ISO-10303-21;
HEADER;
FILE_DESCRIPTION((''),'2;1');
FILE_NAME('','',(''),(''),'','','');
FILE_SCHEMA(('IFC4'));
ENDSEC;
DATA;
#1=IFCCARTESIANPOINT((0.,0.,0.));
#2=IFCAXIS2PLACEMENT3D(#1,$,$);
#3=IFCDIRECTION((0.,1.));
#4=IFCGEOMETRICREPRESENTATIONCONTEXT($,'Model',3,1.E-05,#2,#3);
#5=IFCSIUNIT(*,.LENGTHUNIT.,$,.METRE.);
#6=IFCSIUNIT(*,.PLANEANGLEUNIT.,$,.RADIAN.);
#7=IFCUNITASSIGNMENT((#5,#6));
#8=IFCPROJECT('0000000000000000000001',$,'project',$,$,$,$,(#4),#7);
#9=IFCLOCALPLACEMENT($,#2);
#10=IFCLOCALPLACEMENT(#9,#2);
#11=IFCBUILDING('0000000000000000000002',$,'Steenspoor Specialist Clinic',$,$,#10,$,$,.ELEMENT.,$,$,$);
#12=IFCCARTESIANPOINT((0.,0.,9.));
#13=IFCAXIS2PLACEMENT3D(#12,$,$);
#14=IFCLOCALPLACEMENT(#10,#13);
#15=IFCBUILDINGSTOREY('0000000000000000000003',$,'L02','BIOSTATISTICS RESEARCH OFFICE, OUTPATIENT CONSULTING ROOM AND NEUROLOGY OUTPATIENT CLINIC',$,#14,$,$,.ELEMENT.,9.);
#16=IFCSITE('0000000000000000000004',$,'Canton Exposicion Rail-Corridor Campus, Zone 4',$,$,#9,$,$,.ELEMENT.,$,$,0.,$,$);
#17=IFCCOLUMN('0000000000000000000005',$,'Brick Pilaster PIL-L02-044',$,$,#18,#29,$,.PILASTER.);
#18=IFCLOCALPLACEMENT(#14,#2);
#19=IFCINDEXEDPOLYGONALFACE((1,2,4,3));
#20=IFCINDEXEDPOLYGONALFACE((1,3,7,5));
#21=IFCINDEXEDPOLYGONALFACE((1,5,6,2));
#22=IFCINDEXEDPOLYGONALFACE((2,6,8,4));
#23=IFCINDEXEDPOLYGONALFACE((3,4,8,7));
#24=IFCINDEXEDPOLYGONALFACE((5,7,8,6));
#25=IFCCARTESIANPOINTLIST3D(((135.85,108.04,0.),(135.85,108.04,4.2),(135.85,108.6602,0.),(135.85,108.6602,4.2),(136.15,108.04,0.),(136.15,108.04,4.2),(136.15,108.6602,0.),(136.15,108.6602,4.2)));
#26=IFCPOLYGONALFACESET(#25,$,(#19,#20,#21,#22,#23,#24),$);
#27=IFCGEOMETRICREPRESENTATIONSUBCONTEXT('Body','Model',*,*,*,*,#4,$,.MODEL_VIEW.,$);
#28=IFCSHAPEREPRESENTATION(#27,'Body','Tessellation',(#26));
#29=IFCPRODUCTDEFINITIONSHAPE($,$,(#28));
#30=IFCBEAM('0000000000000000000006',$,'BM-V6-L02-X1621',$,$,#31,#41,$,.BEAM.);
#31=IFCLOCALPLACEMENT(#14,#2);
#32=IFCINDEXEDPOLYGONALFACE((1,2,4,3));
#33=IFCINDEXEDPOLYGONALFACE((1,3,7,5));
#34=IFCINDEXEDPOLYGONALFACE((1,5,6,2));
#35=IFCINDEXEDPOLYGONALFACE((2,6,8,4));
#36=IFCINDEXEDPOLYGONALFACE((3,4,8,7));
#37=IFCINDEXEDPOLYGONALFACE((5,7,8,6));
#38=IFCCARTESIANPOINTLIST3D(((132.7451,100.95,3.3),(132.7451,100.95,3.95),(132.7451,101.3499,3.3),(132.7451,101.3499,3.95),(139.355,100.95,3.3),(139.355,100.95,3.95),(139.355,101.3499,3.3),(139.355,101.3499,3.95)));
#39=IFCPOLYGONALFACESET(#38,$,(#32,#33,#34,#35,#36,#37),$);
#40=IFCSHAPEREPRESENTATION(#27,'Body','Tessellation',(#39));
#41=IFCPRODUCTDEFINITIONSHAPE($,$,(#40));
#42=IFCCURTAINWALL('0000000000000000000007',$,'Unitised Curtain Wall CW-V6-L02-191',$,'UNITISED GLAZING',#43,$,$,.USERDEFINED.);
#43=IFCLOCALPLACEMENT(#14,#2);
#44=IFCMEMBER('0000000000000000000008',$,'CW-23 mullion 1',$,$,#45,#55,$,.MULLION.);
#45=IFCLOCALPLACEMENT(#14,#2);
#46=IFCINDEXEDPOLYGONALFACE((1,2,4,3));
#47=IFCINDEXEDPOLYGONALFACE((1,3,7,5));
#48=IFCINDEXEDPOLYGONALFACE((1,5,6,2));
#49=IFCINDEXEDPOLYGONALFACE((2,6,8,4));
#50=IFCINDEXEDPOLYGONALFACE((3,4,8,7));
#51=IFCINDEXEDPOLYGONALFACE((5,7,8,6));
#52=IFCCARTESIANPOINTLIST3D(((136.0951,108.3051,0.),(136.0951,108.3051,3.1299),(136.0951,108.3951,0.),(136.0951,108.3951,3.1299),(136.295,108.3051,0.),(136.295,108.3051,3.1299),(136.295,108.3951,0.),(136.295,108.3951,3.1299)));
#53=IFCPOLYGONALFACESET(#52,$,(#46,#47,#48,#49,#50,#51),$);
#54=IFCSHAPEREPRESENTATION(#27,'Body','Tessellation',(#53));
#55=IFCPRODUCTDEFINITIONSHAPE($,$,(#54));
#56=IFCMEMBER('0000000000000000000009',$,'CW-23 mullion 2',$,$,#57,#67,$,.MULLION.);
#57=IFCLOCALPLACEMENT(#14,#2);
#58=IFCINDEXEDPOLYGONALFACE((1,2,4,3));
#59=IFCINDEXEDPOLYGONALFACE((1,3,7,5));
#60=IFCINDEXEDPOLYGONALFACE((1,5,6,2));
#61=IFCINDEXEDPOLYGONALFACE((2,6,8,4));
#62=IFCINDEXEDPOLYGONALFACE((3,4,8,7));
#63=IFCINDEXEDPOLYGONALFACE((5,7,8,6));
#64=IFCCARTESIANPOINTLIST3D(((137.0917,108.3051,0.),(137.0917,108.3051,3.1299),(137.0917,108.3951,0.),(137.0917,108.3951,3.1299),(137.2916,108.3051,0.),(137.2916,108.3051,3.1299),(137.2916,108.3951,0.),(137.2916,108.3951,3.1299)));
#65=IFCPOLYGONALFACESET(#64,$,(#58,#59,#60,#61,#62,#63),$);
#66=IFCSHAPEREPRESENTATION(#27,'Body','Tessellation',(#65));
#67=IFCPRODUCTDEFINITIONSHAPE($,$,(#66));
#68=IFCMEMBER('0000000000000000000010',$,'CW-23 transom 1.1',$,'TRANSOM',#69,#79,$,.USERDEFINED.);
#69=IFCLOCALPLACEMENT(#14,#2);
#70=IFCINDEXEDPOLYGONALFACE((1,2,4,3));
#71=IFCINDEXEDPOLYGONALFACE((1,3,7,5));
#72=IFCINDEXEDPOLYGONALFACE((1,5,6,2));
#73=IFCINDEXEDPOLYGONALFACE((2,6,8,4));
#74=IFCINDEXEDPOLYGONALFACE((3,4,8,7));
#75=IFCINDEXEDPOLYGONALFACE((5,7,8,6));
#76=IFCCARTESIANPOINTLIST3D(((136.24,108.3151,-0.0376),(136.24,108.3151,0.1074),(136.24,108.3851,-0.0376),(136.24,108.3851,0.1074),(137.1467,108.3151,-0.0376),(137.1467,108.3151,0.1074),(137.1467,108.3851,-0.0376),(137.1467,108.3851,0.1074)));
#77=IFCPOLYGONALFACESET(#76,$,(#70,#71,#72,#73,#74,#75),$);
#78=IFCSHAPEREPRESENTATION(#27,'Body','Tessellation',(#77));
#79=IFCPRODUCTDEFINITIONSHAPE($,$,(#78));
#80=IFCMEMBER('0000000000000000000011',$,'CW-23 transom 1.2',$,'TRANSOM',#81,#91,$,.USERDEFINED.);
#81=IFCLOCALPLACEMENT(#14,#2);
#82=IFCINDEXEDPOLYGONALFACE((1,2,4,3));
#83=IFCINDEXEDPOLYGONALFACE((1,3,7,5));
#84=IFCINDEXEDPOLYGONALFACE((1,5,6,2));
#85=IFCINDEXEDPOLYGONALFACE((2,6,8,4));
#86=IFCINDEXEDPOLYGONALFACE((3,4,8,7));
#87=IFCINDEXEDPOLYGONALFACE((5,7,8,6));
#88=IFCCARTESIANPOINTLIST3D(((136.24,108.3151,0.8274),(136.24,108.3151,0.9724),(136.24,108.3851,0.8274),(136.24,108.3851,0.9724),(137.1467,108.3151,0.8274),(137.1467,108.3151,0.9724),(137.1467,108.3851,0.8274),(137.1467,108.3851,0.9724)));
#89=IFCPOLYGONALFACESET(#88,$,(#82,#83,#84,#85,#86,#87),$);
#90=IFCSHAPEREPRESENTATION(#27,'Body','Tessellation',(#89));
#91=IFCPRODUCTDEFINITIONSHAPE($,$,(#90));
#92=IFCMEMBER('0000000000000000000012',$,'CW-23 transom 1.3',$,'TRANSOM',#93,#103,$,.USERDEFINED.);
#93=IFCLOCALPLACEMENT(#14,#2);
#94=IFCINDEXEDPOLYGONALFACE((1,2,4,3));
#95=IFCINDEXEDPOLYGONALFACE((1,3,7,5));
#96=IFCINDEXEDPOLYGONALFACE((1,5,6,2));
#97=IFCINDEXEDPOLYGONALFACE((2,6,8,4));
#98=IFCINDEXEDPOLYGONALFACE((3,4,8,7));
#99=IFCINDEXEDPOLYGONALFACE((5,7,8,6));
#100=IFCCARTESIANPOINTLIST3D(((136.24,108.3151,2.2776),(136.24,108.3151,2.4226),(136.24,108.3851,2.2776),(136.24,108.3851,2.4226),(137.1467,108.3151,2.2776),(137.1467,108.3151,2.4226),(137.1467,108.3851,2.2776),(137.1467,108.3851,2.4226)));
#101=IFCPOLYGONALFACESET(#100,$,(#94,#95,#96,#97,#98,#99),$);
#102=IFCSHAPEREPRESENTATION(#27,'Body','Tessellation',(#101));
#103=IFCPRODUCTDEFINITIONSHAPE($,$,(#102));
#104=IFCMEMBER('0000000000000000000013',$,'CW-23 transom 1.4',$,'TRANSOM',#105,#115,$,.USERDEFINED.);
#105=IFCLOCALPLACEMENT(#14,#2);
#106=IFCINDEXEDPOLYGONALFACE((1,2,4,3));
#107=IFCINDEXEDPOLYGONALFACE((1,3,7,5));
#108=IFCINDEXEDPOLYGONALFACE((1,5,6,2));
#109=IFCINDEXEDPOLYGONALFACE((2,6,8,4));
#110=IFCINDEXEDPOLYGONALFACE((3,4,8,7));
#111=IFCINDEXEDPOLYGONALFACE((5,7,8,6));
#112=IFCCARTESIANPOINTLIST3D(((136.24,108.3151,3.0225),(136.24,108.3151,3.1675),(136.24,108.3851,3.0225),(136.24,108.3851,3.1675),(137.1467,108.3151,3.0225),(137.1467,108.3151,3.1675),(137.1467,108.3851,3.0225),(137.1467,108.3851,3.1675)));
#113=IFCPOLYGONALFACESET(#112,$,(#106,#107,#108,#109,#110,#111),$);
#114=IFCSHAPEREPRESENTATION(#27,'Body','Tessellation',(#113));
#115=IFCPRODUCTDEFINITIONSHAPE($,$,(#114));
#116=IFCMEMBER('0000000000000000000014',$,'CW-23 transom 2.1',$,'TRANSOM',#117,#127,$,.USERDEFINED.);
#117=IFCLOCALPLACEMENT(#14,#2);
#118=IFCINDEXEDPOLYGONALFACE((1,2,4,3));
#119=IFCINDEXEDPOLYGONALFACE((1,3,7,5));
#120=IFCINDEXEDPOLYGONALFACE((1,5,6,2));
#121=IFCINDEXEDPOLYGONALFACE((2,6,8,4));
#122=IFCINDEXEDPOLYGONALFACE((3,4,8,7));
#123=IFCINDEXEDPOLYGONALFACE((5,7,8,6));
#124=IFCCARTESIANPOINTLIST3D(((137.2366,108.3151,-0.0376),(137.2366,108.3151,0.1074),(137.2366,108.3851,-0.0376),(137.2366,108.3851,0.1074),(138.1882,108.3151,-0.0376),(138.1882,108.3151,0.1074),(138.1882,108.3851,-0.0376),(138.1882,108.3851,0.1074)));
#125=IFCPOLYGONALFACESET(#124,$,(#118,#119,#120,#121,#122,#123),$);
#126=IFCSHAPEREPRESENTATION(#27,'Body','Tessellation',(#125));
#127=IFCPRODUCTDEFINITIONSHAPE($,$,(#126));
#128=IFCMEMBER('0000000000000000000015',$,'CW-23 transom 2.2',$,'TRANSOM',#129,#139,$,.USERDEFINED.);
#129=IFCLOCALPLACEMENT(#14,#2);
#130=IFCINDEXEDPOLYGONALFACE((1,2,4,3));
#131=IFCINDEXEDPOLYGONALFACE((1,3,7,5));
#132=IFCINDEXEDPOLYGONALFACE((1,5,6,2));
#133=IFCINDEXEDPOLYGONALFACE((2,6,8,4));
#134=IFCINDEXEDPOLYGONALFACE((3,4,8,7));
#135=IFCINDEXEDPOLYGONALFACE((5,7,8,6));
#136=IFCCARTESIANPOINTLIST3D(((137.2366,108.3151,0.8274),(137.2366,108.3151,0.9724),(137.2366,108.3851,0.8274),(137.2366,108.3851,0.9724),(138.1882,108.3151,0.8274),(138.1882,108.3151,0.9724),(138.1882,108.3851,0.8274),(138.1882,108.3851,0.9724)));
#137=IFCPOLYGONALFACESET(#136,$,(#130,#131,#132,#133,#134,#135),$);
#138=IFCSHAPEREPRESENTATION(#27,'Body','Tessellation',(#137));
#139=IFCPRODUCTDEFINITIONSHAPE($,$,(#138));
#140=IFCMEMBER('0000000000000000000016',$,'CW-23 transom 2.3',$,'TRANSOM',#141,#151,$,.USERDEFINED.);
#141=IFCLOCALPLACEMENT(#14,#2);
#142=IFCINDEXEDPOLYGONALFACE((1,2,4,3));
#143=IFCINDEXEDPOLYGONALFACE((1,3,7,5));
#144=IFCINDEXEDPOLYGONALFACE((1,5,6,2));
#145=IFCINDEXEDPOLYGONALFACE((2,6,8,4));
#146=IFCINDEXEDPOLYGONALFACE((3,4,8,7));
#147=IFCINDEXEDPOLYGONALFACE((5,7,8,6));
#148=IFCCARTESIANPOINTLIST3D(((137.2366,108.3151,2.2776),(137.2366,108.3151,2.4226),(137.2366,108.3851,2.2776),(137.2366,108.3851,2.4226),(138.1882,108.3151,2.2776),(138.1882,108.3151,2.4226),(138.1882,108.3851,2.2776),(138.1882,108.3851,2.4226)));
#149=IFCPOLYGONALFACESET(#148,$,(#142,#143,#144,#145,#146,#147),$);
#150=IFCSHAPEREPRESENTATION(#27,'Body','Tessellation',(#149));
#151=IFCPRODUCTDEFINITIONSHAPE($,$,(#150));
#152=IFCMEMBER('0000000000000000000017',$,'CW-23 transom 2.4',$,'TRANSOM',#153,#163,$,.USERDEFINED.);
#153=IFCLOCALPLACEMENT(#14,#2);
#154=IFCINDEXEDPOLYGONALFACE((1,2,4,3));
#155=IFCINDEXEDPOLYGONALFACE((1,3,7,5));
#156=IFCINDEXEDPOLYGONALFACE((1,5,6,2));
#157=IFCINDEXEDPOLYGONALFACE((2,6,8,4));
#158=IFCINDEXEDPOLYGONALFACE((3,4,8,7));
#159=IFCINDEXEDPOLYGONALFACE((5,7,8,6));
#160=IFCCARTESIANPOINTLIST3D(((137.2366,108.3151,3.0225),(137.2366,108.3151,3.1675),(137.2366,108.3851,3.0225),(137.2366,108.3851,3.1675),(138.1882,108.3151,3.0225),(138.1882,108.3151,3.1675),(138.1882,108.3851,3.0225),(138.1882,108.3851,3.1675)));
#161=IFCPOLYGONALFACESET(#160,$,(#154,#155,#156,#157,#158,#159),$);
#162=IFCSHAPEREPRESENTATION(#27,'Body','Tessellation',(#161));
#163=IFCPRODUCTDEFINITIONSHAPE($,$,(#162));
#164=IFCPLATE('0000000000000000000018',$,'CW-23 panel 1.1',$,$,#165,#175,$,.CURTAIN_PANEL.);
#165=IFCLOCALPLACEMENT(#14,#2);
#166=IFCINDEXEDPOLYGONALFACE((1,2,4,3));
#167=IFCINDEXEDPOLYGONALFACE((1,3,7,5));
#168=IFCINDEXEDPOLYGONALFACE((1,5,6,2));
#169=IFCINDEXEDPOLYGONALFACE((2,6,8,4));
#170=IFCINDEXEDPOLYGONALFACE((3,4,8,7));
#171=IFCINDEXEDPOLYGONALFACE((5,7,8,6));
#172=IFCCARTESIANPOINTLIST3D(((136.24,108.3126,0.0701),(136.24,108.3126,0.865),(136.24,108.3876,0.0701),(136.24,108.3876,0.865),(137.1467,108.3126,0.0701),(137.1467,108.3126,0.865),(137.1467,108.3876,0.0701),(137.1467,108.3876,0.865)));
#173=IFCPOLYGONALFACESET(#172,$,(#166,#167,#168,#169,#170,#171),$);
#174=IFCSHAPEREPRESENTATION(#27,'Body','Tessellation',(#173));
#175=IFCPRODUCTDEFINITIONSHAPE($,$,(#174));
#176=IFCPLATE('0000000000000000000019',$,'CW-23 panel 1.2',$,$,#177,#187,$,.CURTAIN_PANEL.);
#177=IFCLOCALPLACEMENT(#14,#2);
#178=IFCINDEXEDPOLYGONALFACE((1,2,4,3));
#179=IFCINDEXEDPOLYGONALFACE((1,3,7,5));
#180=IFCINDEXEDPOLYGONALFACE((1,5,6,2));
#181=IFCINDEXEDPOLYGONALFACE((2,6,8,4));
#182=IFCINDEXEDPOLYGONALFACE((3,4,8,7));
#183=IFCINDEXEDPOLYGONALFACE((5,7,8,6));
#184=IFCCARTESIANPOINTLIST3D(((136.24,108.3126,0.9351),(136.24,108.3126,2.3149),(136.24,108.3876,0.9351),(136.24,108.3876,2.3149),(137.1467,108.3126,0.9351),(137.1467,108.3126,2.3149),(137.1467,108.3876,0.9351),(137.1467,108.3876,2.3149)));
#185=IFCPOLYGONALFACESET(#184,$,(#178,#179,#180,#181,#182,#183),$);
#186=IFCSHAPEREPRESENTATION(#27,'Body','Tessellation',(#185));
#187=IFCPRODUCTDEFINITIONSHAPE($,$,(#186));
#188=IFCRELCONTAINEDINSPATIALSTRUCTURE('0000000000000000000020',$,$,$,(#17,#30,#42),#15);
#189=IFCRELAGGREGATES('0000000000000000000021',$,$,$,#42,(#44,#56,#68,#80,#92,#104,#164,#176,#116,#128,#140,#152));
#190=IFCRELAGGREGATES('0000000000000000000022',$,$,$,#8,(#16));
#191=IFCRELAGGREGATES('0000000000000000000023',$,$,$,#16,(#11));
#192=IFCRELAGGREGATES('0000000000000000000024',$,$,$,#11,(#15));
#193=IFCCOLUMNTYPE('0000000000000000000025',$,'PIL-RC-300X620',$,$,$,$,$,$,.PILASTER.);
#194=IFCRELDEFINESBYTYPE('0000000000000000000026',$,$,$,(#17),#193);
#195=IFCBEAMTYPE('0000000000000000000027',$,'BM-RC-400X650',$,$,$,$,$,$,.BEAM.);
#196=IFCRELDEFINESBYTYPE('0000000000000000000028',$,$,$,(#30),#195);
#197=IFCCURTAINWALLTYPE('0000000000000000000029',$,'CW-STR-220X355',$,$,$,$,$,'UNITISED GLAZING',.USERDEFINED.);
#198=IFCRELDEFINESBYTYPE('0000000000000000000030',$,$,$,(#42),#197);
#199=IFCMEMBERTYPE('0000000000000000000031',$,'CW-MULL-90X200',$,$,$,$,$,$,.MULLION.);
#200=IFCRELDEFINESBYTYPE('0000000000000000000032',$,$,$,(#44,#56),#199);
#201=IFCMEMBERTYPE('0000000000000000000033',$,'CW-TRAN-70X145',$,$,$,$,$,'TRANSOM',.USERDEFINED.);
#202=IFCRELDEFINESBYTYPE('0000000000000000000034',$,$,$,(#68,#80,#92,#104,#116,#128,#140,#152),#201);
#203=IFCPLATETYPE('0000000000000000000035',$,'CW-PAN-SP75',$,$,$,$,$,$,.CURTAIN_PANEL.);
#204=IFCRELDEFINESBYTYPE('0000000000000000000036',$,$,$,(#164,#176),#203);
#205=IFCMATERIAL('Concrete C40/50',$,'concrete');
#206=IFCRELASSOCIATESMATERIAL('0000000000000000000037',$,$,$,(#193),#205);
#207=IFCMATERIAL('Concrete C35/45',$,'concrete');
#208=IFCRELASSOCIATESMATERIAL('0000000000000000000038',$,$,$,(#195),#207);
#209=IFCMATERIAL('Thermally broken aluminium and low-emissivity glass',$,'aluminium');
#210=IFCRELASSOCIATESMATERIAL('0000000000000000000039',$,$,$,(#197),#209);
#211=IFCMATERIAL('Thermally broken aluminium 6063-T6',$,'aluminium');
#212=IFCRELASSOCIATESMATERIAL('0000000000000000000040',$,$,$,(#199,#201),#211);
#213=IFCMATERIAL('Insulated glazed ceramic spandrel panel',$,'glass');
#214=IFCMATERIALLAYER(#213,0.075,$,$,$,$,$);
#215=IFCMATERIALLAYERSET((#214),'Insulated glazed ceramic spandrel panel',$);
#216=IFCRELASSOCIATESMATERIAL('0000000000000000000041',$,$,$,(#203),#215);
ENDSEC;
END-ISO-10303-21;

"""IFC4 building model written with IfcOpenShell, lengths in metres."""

from ifc_helpers import new_model, si_unit, direction, frame, origin, origin_2d, place, context, subcontext, project, spatial, rectangle, extrude, material, layer, layer_set, material_profile, profile_set, type_object, element, aggregate, save


model = new_model("IFC4")

# Units and contexts
model_context = context("Model", 3, precision=1e-05, world=origin(), true_north=direction((0.0, 1.0)))
body_context = subcontext(model_context, "Body", "Model", "MODEL_VIEW")
ifc_project = project(units=[si_unit("LENGTHUNIT", "METRE"), si_unit("PLANEANGLEUNIT", "RADIAN")], contexts=[model_context])

# Site, building, storey
site_placement = place(None, origin())
site = spatial("IfcSite", under=ifc_project, at=site_placement, Name="Canton Exposicion Rail-Corridor Campus, Zone 4", CompositionType="ELEMENT", RefElevation=0.0)
building_placement = place(site_placement, origin())
building = spatial("IfcBuilding", under=site, at=building_placement, Name="Steenspoor Specialist Clinic", CompositionType="ELEMENT")
storey_placement = place(building_placement, frame((0.0, 0.0, 9.0)))
storey = spatial("IfcBuildingStorey", under=building, at=storey_placement, Name="L02", Description="BIOSTATISTICS RESEARCH OFFICE, OUTPATIENT CONSULTING ROOM AND NEUROLOGY OUTPATIENT CLINIC", CompositionType="ELEMENT", Elevation=9.0)

# Column
ifc_material_1 = material(Name="Concrete C40/50", Category="concrete")
ifc_material_profile_1 = material_profile(ifc_material_1, rectangle(XDim=0.3, YDim=0.6201, at=origin_2d()), Name="RC-PIL-300X620")
ifc_profile_set_1 = profile_set([ifc_material_profile_1], Name="Concrete C40/50")
column_type = type_object("IfcColumnType", Name="PIL-RC-300X620", PredefinedType="PILASTER", material=ifc_profile_set_1)
column_placement = place(storey_placement, frame((136.0, 108.3501, 0.0), z_axis=(0.0, 0.0, 1.0), x_axis=(1.0, 0.0, 0.0)))
element("IfcColumn", 1, at=column_placement, inside=storey, type_object=column_type, Name="Brick Pilaster PIL-L02-044", PredefinedType="PILASTER", context=body_context, shape_type="SweptSolid", body=[
    extrude(rectangle(XDim=0.3, YDim=0.6201, at=origin_2d()), origin(), (0.0, 0.0, 1.0), 4.2),
])

# Beam
ifc_material_2 = material(Name="Concrete C35/45", Category="concrete")
ifc_material_profile_2 = material_profile(ifc_material_2, rectangle(XDim=0.3999, YDim=0.6499, at=origin_2d()), Name="RC-BM-400X650")
ifc_profile_set_2 = profile_set([ifc_material_profile_2], Name="Concrete C35/45")
beam_type = type_object("IfcBeamType", Name="BM-RC-400X650", PredefinedType="BEAM", material=ifc_profile_set_2)
beam_placement = place(storey_placement, frame((132.7451, 101.1499, 3.625), z_axis=(1.0, 0.0, 0.0), x_axis=(0.0, 1.0, 0.0)))
element("IfcBeam", 2, at=beam_placement, inside=storey, type_object=beam_type, Name="BM-V6-L02-X1621", PredefinedType="BEAM", context=body_context, shape_type="SweptSolid", body=[
    extrude(rectangle(XDim=0.3999, YDim=0.6499, at=origin_2d()), origin(), (0.0, 0.0, 1.0), 6.6099),
])

# Curtain wall, members, plates
ifc_material_3 = material(Name="Thermally broken aluminium and low-emissivity glass", Category="aluminium")
curtain_wall_type = type_object("IfcCurtainWallType", Name="CW-STR-220X355", ElementType="UNITISED GLAZING", PredefinedType="USERDEFINED", material=ifc_material_3)
curtain_wall_placement = place(storey_placement, origin())
curtain_wall = element("IfcCurtainWall", 3, at=curtain_wall_placement, inside=storey, type_object=curtain_wall_type, Name="Unitised Curtain Wall CW-V6-L02-191", ObjectType="UNITISED GLAZING", PredefinedType="USERDEFINED")
ifc_material_4 = material(Name="Thermally broken aluminium 6063-T6", Category="aluminium")
ifc_material_profile_3 = material_profile(ifc_material_4, rectangle(XDim=0.0901, YDim=0.2, at=origin_2d()), Name="CWM-90X200")
ifc_profile_set_3 = profile_set([ifc_material_profile_3], Name="Thermally broken aluminium 6063-T6")
member_type_1 = type_object("IfcMemberType", Name="CW-MULL-90X200", PredefinedType="MULLION", material=ifc_profile_set_3)
member_1_placement = place(storey_placement, frame((136.1951, 108.3501, 0.0), z_axis=(0.0, 0.0, 1.0), x_axis=(0.0, 1.0, 0.0)))
member_1 = element("IfcMember", 4, at=member_1_placement, type_object=member_type_1, Name="CW-23 mullion 1", PredefinedType="MULLION", context=body_context, shape_type="SweptSolid", body=[
    extrude(rectangle(XDim=0.0901, YDim=0.2, at=origin_2d()), origin(), (0.0, 0.0, 1.0), 3.1299),
])
member_2_placement = place(storey_placement, frame((137.1917, 108.3501, 0.0), z_axis=(0.0, 0.0, 1.0), x_axis=(0.0, 1.0, 0.0)))
member_2 = element("IfcMember", 5, at=member_2_placement, type_object=member_type_1, Name="CW-23 mullion 2", PredefinedType="MULLION", context=body_context, shape_type="SweptSolid", body=[
    extrude(rectangle(XDim=0.0901, YDim=0.2, at=origin_2d()), origin(), (0.0, 0.0, 1.0), 3.1299),
])
ifc_material_profile_4 = material_profile(ifc_material_4, rectangle(XDim=0.0701, YDim=0.145, at=origin_2d()), Name="CWT-70X145")
ifc_profile_set_4 = profile_set([ifc_material_profile_4], Name="Thermally broken aluminium 6063-T6")
member_type_2 = type_object("IfcMemberType", Name="CW-TRAN-70X145", ElementType="TRANSOM", PredefinedType="USERDEFINED", material=ifc_profile_set_4)
member_3_placement = place(storey_placement, frame((136.24, 108.3501, 0.0349), z_axis=(1.0, 0.0, 0.0), x_axis=(0.0, 1.0, 0.0)))
member_3 = element("IfcMember", 6, at=member_3_placement, type_object=member_type_2, Name="CW-23 transom 1.1", ObjectType="TRANSOM", PredefinedType="USERDEFINED", context=body_context, shape_type="SweptSolid", body=[
    extrude(rectangle(XDim=0.0701, YDim=0.145, at=origin_2d()), origin(), (0.0, 0.0, 1.0), 0.9067),
])
member_4_placement = place(storey_placement, frame((136.24, 108.3501, 0.8999), z_axis=(1.0, 0.0, 0.0), x_axis=(0.0, 1.0, 0.0)))
member_4 = element("IfcMember", 7, at=member_4_placement, type_object=member_type_2, Name="CW-23 transom 1.2", ObjectType="TRANSOM", PredefinedType="USERDEFINED", context=body_context, shape_type="SweptSolid", body=[
    extrude(rectangle(XDim=0.0701, YDim=0.145, at=origin_2d()), origin(), (0.0, 0.0, 1.0), 0.9067),
])
member_5_placement = place(storey_placement, frame((136.24, 108.3501, 2.3501), z_axis=(1.0, 0.0, 0.0), x_axis=(0.0, 1.0, 0.0)))
member_5 = element("IfcMember", 8, at=member_5_placement, type_object=member_type_2, Name="CW-23 transom 1.3", ObjectType="TRANSOM", PredefinedType="USERDEFINED", context=body_context, shape_type="SweptSolid", body=[
    extrude(rectangle(XDim=0.0701, YDim=0.145, at=origin_2d()), origin(), (0.0, 0.0, 1.0), 0.9067),
])
member_6_placement = place(storey_placement, frame((136.24, 108.3501, 3.095), z_axis=(1.0, 0.0, 0.0), x_axis=(0.0, 1.0, 0.0)))
member_6 = element("IfcMember", 9, at=member_6_placement, type_object=member_type_2, Name="CW-23 transom 1.4", ObjectType="TRANSOM", PredefinedType="USERDEFINED", context=body_context, shape_type="SweptSolid", body=[
    extrude(rectangle(XDim=0.0701, YDim=0.145, at=origin_2d()), origin(), (0.0, 0.0, 1.0), 0.9067),
])
member_7_placement = place(storey_placement, frame((137.2366, 108.3501, 0.0349), z_axis=(1.0, 0.0, 0.0), x_axis=(0.0, 1.0, 0.0)))
member_7 = element("IfcMember", 10, at=member_7_placement, type_object=member_type_2, Name="CW-23 transom 2.1", ObjectType="TRANSOM", PredefinedType="USERDEFINED", context=body_context, shape_type="SweptSolid", body=[
    extrude(rectangle(XDim=0.0701, YDim=0.145, at=origin_2d()), origin(), (0.0, 0.0, 1.0), 0.9517),
])
member_8_placement = place(storey_placement, frame((137.2366, 108.3501, 0.8999), z_axis=(1.0, 0.0, 0.0), x_axis=(0.0, 1.0, 0.0)))
member_8 = element("IfcMember", 11, at=member_8_placement, type_object=member_type_2, Name="CW-23 transom 2.2", ObjectType="TRANSOM", PredefinedType="USERDEFINED", context=body_context, shape_type="SweptSolid", body=[
    extrude(rectangle(XDim=0.0701, YDim=0.145, at=origin_2d()), origin(), (0.0, 0.0, 1.0), 0.9517),
])
member_9_placement = place(storey_placement, frame((137.2366, 108.3501, 2.3501), z_axis=(1.0, 0.0, 0.0), x_axis=(0.0, 1.0, 0.0)))
member_9 = element("IfcMember", 12, at=member_9_placement, type_object=member_type_2, Name="CW-23 transom 2.3", ObjectType="TRANSOM", PredefinedType="USERDEFINED", context=body_context, shape_type="SweptSolid", body=[
    extrude(rectangle(XDim=0.0701, YDim=0.145, at=origin_2d()), origin(), (0.0, 0.0, 1.0), 0.9517),
])
member_10_placement = place(storey_placement, frame((137.2366, 108.3501, 3.095), z_axis=(1.0, 0.0, 0.0), x_axis=(0.0, 1.0, 0.0)))
member_10 = element("IfcMember", 13, at=member_10_placement, type_object=member_type_2, Name="CW-23 transom 2.4", ObjectType="TRANSOM", PredefinedType="USERDEFINED", context=body_context, shape_type="SweptSolid", body=[
    extrude(rectangle(XDim=0.0701, YDim=0.145, at=origin_2d()), origin(), (0.0, 0.0, 1.0), 0.9517),
])
ifc_material_5 = material(Name="Insulated glazed ceramic spandrel panel", Category="glass")
ifc_layer_1 = layer(ifc_material_5, 0.075)
ifc_layer_set_1 = layer_set([ifc_layer_1], Name="Insulated glazed ceramic spandrel panel")
plate_type = type_object("IfcPlateType", Name="CW-PAN-SP75", PredefinedType="CURTAIN_PANEL", material=ifc_layer_set_1)
plate_1_placement = place(storey_placement, frame((136.6934, 108.3501, 0.0701), z_axis=(0.0, 0.0, 1.0), x_axis=(1.0, 0.0, 0.0)))
plate_1 = element("IfcPlate", 14, at=plate_1_placement, type_object=plate_type, Name="CW-23 panel 1.1", PredefinedType="CURTAIN_PANEL", context=body_context, shape_type="SweptSolid", body=[
    extrude(rectangle(XDim=0.9067, YDim=0.075, at=origin_2d()), origin(), (0.0, 0.0, 1.0), 0.7949),
])
plate_2_placement = place(storey_placement, frame((136.6934, 108.3501, 0.9351), z_axis=(0.0, 0.0, 1.0), x_axis=(1.0, 0.0, 0.0)))
plate_2 = element("IfcPlate", 15, at=plate_2_placement, type_object=plate_type, Name="CW-23 panel 1.2", PredefinedType="CURTAIN_PANEL", context=body_context, shape_type="SweptSolid", body=[
    extrude(rectangle(XDim=0.9067, YDim=0.075, at=origin_2d()), origin(), (0.0, 0.0, 1.0), 1.3799),
])
aggregate(curtain_wall, [member_1, member_2, member_3, member_4, member_5, member_6, plate_1, plate_2, member_7, member_8, member_9, member_10])

save(model, "model.ifc")
